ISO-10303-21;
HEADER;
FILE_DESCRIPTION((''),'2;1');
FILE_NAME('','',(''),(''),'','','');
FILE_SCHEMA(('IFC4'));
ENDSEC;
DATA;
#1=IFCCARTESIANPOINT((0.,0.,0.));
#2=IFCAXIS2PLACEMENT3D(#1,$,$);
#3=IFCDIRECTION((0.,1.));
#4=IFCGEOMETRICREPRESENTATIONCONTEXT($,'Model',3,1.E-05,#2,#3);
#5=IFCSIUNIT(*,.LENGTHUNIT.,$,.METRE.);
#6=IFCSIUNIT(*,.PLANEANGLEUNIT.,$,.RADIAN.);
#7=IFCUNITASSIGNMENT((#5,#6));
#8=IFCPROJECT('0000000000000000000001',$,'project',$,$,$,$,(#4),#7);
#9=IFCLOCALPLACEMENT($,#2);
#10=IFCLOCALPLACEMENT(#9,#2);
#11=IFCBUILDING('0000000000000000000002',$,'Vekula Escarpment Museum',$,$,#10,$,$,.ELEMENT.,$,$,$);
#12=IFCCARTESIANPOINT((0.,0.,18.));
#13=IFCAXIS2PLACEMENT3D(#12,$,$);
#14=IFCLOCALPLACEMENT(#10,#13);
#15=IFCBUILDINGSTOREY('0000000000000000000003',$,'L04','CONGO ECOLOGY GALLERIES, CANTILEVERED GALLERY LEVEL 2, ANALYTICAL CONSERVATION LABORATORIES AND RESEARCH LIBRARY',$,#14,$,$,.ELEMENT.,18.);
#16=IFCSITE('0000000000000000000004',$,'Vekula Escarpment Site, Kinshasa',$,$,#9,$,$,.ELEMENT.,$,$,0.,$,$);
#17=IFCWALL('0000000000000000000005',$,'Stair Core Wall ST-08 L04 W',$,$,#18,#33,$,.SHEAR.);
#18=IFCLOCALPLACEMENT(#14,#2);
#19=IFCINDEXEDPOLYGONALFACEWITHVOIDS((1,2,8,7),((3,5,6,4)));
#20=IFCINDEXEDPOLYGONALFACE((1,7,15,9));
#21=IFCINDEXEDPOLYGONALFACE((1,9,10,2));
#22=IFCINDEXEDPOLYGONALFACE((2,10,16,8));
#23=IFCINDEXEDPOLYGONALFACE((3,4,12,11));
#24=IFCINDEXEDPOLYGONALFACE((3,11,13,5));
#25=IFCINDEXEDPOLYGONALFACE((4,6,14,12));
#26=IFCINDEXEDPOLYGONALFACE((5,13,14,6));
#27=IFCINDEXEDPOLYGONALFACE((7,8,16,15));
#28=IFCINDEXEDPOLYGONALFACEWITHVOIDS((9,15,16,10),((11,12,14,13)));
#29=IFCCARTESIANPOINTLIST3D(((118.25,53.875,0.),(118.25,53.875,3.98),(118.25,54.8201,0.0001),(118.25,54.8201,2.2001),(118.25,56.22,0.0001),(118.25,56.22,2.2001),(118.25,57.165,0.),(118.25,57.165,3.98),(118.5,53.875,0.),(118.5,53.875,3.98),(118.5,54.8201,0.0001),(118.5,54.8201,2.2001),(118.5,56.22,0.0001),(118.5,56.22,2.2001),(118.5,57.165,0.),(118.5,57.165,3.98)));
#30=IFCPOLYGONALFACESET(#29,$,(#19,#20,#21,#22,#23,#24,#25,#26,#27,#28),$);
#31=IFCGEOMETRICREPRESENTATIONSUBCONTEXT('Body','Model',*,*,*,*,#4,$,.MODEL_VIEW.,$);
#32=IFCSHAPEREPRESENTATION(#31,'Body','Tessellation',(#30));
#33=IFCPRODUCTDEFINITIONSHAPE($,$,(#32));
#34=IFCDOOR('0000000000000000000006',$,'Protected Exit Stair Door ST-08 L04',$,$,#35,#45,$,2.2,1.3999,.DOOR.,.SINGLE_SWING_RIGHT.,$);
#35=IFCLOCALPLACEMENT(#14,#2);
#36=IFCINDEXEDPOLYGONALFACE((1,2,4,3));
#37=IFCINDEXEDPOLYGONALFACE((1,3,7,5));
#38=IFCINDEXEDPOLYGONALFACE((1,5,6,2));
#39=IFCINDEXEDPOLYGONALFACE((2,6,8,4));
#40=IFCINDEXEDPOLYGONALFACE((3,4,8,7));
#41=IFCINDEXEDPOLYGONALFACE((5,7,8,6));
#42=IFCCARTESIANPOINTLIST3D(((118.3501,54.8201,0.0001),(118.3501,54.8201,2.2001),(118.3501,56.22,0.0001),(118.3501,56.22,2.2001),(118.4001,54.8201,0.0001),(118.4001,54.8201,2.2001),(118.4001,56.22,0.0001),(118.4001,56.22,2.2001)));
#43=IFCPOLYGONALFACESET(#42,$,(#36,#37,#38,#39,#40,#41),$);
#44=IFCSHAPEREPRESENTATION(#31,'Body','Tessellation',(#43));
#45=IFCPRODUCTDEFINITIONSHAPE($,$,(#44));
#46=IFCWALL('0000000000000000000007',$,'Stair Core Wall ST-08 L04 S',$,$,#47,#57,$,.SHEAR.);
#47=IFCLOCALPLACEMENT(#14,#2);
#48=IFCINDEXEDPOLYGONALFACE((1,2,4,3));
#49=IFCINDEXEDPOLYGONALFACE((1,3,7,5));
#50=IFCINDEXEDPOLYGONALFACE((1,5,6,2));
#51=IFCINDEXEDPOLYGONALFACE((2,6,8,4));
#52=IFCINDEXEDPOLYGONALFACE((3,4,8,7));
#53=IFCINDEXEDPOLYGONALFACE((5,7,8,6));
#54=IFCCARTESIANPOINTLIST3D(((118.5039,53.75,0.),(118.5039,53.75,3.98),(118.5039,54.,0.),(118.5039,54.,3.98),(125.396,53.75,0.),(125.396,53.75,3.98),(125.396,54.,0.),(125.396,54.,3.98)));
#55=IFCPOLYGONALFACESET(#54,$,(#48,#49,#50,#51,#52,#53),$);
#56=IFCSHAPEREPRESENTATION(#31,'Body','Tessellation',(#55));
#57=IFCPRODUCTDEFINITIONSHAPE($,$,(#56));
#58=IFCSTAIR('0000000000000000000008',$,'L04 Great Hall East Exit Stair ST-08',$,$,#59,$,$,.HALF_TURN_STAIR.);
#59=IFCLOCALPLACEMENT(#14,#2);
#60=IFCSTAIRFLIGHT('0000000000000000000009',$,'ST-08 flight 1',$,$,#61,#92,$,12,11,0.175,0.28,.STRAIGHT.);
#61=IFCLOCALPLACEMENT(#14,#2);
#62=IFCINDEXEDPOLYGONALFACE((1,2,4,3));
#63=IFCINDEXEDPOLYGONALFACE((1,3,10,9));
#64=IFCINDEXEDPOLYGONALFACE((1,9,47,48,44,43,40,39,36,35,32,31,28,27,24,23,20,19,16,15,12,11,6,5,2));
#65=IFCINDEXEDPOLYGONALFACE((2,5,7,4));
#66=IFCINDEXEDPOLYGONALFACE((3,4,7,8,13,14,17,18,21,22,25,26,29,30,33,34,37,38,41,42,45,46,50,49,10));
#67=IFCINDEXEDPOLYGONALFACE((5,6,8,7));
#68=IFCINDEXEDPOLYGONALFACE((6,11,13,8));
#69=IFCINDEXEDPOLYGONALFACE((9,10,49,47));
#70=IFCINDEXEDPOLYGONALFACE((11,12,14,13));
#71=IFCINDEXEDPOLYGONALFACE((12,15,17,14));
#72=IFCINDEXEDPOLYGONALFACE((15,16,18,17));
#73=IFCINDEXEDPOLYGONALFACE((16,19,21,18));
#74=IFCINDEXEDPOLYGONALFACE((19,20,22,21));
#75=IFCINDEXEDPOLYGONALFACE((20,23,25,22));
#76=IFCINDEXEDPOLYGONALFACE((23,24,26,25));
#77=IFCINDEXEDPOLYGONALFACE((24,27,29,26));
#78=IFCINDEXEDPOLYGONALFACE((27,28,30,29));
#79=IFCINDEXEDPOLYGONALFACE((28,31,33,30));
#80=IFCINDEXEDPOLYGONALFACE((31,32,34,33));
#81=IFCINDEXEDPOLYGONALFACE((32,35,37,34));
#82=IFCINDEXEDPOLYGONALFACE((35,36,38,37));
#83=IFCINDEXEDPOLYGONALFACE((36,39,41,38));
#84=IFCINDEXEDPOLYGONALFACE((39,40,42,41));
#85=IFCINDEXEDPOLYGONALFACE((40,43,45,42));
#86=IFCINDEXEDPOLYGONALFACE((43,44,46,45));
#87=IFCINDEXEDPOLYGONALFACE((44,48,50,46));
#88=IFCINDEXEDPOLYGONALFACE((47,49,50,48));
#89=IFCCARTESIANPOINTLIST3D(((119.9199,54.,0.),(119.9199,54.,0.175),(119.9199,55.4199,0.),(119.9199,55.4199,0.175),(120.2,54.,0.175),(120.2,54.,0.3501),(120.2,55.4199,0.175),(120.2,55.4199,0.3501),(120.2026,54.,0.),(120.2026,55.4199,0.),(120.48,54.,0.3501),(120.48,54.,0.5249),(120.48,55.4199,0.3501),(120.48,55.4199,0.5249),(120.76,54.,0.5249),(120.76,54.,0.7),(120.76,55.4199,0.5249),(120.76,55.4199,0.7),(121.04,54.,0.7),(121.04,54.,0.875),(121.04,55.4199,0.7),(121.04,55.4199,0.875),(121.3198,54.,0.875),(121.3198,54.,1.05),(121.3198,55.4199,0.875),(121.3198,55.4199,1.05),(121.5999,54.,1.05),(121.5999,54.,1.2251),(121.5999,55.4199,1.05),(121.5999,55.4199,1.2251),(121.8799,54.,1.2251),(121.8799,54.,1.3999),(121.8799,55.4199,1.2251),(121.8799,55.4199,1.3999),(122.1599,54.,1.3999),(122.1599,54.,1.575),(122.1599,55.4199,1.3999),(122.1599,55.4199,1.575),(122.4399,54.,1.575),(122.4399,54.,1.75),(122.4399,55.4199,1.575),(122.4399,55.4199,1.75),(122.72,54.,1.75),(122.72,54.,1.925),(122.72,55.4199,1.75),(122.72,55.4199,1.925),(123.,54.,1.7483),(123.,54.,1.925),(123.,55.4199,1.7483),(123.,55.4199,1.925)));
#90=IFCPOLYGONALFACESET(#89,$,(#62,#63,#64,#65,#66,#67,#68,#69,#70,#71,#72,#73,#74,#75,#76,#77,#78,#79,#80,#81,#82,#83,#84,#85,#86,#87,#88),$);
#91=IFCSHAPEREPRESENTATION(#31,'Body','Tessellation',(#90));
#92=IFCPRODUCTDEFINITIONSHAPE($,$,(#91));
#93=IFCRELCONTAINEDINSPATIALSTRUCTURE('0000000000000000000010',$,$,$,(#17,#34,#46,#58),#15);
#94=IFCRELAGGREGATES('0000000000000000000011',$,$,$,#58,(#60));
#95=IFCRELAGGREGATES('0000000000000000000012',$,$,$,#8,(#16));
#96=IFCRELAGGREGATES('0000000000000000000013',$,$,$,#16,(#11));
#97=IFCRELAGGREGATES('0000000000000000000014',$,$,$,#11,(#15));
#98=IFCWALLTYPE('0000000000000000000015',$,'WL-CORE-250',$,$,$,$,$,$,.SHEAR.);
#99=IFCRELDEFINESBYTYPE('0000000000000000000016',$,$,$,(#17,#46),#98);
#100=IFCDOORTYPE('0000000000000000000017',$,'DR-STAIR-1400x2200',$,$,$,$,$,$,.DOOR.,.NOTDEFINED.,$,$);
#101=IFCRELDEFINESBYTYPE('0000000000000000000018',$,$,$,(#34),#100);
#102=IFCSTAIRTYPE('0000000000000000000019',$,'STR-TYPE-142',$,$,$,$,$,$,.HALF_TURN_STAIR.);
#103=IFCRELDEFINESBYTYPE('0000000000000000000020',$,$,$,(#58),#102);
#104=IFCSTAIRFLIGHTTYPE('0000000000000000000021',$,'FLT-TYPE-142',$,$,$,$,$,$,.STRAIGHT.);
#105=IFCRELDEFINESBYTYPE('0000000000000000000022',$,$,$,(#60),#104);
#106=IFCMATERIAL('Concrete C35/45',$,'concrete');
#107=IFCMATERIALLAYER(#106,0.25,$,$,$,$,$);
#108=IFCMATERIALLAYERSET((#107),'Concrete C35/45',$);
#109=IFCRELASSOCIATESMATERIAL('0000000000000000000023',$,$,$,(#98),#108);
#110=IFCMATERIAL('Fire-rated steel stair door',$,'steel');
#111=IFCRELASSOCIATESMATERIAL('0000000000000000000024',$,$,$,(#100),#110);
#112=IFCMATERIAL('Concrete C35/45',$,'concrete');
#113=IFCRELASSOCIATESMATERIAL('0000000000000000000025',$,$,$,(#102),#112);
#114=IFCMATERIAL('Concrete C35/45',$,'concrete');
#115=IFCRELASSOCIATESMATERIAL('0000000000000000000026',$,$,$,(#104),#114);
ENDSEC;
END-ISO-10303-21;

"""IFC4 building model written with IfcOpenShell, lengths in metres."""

from ifc_helpers import new_model, si_unit, direction, frame, frame_2d, origin, place, context, subcontext, project, spatial, polyline, rectangle, outline, extrude, material, layer, layer_set, type_object, element, fill, aggregate, save


model = new_model("IFC4")

# Units and contexts
model_context = context("Model", 3, precision=1e-05, world=origin(), true_north=direction((0.0, 1.0)))
body_context = subcontext(model_context, "Body", "Model", "MODEL_VIEW")
ifc_project = project(units=[si_unit("LENGTHUNIT", "METRE"), si_unit("PLANEANGLEUNIT", "RADIAN")], contexts=[model_context])

# Site, building, storey
site_placement = place(None, origin())
site = spatial("IfcSite", under=ifc_project, at=site_placement, Name="Vekula Escarpment Site, Kinshasa", CompositionType="ELEMENT", RefElevation=0.0)
building_placement = place(site_placement, origin())
building = spatial("IfcBuilding", under=site, at=building_placement, Name="Vekula Escarpment Museum", CompositionType="ELEMENT")
storey_placement = place(building_placement, frame((0.0, 0.0, 18.0)))
storey = spatial("IfcBuildingStorey", under=building, at=storey_placement, Name="L04", Description="CONGO ECOLOGY GALLERIES, CANTILEVERED GALLERY LEVEL 2, ANALYTICAL CONSERVATION LABORATORIES AND RESEARCH LIBRARY", CompositionType="ELEMENT", Elevation=18.0)

# Wall, opening, door
ifc_material_1 = material(Name="Concrete C35/45", Category="concrete")
ifc_layer_1 = layer(ifc_material_1, 0.25)
ifc_layer_set_1 = layer_set([ifc_layer_1], Name="Concrete C35/45")
wall_type_1 = type_object("IfcWallType", Name="WL-CORE-250", PredefinedType="SHEAR", material=ifc_layer_set_1)
wall_1_placement = place(storey_placement, frame((118.375, 53.875, 0.0), z_axis=(0.0, 0.0, 1.0), x_axis=(0.0, 1.0, 0.0)))
wall_1 = element("IfcWall", 1, at=wall_1_placement, inside=storey, type_object=wall_type_1, Name="Stair Core Wall ST-08 L04 W", PredefinedType="SHEAR", context=body_context, shape_type="SweptSolid", body=[
    extrude(rectangle(XDim=3.29, YDim=0.25, at=frame_2d((1.645, 0.0))), origin(), (0.0, 0.0, 1.0), 3.98),
])
opening_placement = place(wall_1_placement, frame((0.9451, 0.0, 0.0)))
opening = element("IfcOpeningElement", 2, at=opening_placement, cuts=wall_1, PredefinedType="OPENING", context=body_context, shape_type="SweptSolid", body=[
    extrude(rectangle(XDim=1.3999, YDim=2.2, at=frame_2d((0.7, 1.1001))), frame((0.0, 0.135, 0.0), z_axis=(0.0, -1.0, 0.0), x_axis=(1.0, 0.0, 0.0)), (0.0, 0.0, 1.0), 0.27),
])
ifc_material_2 = material(Name="Fire-rated steel stair door", Category="steel")
door_type = type_object("IfcDoorType", Name="DR-STAIR-1400x2200", OperationType="NOTDEFINED", PredefinedType="DOOR", material=ifc_material_2)
door_placement = place(opening_placement, origin())
door = element("IfcDoor", 3, at=door_placement, inside=storey, type_object=door_type, Name="Protected Exit Stair Door ST-08 L04", OperationType="SINGLE_SWING_RIGHT", OverallHeight=2.2, OverallWidth=1.3999, PredefinedType="DOOR", context=body_context, shape_type="SweptSolid", body=[
    extrude(rectangle(XDim=1.3999, YDim=2.2, at=frame_2d((0.7, 1.1001))), frame((0.0, 0.0249, 0.0), z_axis=(0.0, -1.0, 0.0), x_axis=(1.0, 0.0, 0.0)), (0.0, 0.0, 1.0), 0.05),
])
fill(opening, door)

# Wall
wall_2_placement = place(storey_placement, frame((118.5039, 53.875, 0.0), z_axis=(0.0, 0.0, 1.0), x_axis=(1.0, 0.0, 0.0)))
element("IfcWall", 4, at=wall_2_placement, inside=storey, type_object=wall_type_1, Name="Stair Core Wall ST-08 L04 S", PredefinedType="SHEAR", context=body_context, shape_type="SweptSolid", body=[
    extrude(rectangle(XDim=6.8921, YDim=0.25, at=frame_2d((3.446, 0.0))), origin(), (0.0, 0.0, 1.0), 3.98),
])

# Stair, stair flight
ifc_material_3 = material(Name="Concrete C35/45", Category="concrete")
stair_type = type_object("IfcStairType", Name="STR-TYPE-142", PredefinedType="HALF_TURN_STAIR", material=ifc_material_3)
stair_placement = place(storey_placement, origin())
stair = element("IfcStair", 5, at=stair_placement, inside=storey, type_object=stair_type, Name="L04 Great Hall East Exit Stair ST-08", PredefinedType="HALF_TURN_STAIR")
ifc_material_4 = material(Name="Concrete C35/45", Category="concrete")
stair_flight_type = type_object("IfcStairFlightType", Name="FLT-TYPE-142", PredefinedType="STRAIGHT", material=ifc_material_4)
stair_flight_placement = place(storey_placement, frame((119.9199, 54.71, 0.0), z_axis=(0.0, 0.0, 1.0), x_axis=(1.0, 0.0, 0.0)))
stair_flight = element("IfcStairFlight", 6, at=stair_flight_placement, type_object=stair_flight_type, Name="ST-08 flight 1", NumberOfRisers=12, NumberOfTreads=11, PredefinedType="STRAIGHT", RiserHeight=0.175, TreadLength=0.28, context=body_context, shape_type="SweptSolid", body=[
    extrude(outline(polyline([(0.0, 0.0), (0.0, 0.175), (0.28, 0.175), (0.28, 0.3501), (0.5601, 0.3501), (0.5601, 0.5249), (0.8401, 0.5249), (0.8401, 0.7), (1.1201, 0.7), (1.1201, 0.875), (1.3999, 0.875), (1.3999, 1.05), (1.6799, 1.05), (1.6799, 1.2251), (1.96, 1.2251), (1.96, 1.3999), (2.24, 1.3999), (2.24, 1.575), (2.52, 1.575), (2.52, 1.75), (2.8, 1.75), (2.8, 1.925), (3.0801, 1.925), (3.0801, 2.1001), (3.0801, 1.7483), (0.2827, 0.0), (0.0, 0.0)])), frame((0.0, 0.71, 0.0), z_axis=(0.0, -1.0, 0.0), x_axis=(1.0, 0.0, 0.0)), (0.0, 0.0, 1.0), 1.4199),
])
aggregate(stair, [stair_flight])

save(model, "model.ifc")
